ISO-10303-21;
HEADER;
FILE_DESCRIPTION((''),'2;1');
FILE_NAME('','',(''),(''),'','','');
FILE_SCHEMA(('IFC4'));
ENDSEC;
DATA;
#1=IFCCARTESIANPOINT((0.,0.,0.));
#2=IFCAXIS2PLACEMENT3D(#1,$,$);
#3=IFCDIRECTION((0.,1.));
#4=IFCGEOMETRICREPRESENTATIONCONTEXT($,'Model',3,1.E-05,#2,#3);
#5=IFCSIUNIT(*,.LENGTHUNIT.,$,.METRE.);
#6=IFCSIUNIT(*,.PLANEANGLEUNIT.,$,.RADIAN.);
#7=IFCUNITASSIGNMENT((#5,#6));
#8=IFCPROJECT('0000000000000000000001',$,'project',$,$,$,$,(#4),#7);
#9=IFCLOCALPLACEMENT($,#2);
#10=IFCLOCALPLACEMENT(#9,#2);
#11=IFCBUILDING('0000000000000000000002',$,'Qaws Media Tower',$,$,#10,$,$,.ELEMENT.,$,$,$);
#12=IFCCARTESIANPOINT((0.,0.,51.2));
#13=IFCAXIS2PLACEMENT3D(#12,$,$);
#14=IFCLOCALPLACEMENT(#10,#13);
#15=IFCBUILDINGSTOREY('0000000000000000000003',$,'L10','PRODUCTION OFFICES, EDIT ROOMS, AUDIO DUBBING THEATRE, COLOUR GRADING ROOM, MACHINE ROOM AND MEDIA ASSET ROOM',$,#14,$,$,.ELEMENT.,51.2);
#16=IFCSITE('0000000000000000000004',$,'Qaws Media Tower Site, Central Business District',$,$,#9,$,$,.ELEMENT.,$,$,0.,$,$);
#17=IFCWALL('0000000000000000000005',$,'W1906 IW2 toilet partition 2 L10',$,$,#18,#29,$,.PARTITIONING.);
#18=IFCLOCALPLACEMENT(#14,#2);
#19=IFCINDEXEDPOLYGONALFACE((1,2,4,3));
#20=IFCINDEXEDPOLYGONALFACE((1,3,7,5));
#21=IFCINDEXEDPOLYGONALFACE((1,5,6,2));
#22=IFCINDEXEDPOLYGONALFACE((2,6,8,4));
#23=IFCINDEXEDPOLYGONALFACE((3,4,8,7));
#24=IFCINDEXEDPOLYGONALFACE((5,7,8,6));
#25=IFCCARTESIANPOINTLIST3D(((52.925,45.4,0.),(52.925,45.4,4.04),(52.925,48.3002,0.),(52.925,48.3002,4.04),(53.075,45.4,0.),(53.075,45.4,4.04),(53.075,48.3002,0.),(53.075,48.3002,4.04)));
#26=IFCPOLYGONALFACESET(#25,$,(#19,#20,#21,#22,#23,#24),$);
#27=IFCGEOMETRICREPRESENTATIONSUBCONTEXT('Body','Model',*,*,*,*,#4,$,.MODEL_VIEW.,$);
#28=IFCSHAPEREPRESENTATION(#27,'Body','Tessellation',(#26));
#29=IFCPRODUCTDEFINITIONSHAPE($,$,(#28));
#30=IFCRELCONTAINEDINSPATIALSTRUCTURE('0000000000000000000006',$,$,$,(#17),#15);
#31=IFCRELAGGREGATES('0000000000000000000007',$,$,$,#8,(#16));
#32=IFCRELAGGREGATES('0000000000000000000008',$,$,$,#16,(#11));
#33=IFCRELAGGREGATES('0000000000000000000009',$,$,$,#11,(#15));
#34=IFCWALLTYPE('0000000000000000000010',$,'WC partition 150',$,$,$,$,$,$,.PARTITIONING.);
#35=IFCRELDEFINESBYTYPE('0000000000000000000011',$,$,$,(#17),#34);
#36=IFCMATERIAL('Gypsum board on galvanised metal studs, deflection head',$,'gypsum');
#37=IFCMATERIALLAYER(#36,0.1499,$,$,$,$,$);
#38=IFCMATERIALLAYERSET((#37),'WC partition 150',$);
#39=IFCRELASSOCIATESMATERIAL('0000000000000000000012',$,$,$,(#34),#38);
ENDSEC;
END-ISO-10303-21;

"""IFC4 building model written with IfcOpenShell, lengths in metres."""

from ifc_helpers import new_model, si_unit, direction, frame, frame_2d, origin, place, context, subcontext, project, spatial, rectangle, extrude, material, layer, layer_set, type_object, element, save


model = new_model("IFC4")

# Units and contexts
model_context = context("Model", 3, precision=1e-05, world=origin(), true_north=direction((0.0, 1.0)))
body_context = subcontext(model_context, "Body", "Model", "MODEL_VIEW")
ifc_project = project(units=[si_unit("LENGTHUNIT", "METRE"), si_unit("PLANEANGLEUNIT", "RADIAN")], contexts=[model_context])

# Site, building, storey
site_placement = place(None, origin())
site = spatial("IfcSite", under=ifc_project, at=site_placement, Name="Qaws Media Tower Site, Central Business District", CompositionType="ELEMENT", RefElevation=0.0)
building_placement = place(site_placement, origin())
building = spatial("IfcBuilding", under=site, at=building_placement, Name="Qaws Media Tower", CompositionType="ELEMENT")
storey_placement = place(building_placement, frame((0.0, 0.0, 51.2)))
storey = spatial("IfcBuildingStorey", under=building, at=storey_placement, Name="L10", Description="PRODUCTION OFFICES, EDIT ROOMS, AUDIO DUBBING THEATRE, COLOUR GRADING ROOM, MACHINE ROOM AND MEDIA ASSET ROOM", CompositionType="ELEMENT", Elevation=51.2)

# Wall
ifc_material_1 = material(Name="Gypsum board on galvanised metal studs, deflection head", Category="gypsum")
ifc_layer_1 = layer(ifc_material_1, 0.1499)
ifc_layer_set_1 = layer_set([ifc_layer_1], Name="WC partition 150")
wall_type_1 = type_object("IfcWallType", Name="WC partition 150", PredefinedType="PARTITIONING", material=ifc_layer_set_1)
for number, where, z_axis, x_axis, name in (
    (1, (53.0, 45.3999, 0.0), (0.0, 0.0, 1.0), (0.0, 1.0, 0.0), "W1906 IW2 toilet partition 2 L10"),
):
    element("IfcWall", number, at=place(storey_placement, frame(where, z_axis=z_axis, x_axis=x_axis)), inside=storey, type_object=wall_type_1, Name=name, PredefinedType="PARTITIONING", context=body_context, shape_type="SweptSolid", body=[
        extrude(rectangle(XDim=2.9001, YDim=0.1499, at=frame_2d((1.4502, 0.0))), origin(), (0.0, 0.0, 1.0), 4.04),
    ])

save(model, "model.ifc")
